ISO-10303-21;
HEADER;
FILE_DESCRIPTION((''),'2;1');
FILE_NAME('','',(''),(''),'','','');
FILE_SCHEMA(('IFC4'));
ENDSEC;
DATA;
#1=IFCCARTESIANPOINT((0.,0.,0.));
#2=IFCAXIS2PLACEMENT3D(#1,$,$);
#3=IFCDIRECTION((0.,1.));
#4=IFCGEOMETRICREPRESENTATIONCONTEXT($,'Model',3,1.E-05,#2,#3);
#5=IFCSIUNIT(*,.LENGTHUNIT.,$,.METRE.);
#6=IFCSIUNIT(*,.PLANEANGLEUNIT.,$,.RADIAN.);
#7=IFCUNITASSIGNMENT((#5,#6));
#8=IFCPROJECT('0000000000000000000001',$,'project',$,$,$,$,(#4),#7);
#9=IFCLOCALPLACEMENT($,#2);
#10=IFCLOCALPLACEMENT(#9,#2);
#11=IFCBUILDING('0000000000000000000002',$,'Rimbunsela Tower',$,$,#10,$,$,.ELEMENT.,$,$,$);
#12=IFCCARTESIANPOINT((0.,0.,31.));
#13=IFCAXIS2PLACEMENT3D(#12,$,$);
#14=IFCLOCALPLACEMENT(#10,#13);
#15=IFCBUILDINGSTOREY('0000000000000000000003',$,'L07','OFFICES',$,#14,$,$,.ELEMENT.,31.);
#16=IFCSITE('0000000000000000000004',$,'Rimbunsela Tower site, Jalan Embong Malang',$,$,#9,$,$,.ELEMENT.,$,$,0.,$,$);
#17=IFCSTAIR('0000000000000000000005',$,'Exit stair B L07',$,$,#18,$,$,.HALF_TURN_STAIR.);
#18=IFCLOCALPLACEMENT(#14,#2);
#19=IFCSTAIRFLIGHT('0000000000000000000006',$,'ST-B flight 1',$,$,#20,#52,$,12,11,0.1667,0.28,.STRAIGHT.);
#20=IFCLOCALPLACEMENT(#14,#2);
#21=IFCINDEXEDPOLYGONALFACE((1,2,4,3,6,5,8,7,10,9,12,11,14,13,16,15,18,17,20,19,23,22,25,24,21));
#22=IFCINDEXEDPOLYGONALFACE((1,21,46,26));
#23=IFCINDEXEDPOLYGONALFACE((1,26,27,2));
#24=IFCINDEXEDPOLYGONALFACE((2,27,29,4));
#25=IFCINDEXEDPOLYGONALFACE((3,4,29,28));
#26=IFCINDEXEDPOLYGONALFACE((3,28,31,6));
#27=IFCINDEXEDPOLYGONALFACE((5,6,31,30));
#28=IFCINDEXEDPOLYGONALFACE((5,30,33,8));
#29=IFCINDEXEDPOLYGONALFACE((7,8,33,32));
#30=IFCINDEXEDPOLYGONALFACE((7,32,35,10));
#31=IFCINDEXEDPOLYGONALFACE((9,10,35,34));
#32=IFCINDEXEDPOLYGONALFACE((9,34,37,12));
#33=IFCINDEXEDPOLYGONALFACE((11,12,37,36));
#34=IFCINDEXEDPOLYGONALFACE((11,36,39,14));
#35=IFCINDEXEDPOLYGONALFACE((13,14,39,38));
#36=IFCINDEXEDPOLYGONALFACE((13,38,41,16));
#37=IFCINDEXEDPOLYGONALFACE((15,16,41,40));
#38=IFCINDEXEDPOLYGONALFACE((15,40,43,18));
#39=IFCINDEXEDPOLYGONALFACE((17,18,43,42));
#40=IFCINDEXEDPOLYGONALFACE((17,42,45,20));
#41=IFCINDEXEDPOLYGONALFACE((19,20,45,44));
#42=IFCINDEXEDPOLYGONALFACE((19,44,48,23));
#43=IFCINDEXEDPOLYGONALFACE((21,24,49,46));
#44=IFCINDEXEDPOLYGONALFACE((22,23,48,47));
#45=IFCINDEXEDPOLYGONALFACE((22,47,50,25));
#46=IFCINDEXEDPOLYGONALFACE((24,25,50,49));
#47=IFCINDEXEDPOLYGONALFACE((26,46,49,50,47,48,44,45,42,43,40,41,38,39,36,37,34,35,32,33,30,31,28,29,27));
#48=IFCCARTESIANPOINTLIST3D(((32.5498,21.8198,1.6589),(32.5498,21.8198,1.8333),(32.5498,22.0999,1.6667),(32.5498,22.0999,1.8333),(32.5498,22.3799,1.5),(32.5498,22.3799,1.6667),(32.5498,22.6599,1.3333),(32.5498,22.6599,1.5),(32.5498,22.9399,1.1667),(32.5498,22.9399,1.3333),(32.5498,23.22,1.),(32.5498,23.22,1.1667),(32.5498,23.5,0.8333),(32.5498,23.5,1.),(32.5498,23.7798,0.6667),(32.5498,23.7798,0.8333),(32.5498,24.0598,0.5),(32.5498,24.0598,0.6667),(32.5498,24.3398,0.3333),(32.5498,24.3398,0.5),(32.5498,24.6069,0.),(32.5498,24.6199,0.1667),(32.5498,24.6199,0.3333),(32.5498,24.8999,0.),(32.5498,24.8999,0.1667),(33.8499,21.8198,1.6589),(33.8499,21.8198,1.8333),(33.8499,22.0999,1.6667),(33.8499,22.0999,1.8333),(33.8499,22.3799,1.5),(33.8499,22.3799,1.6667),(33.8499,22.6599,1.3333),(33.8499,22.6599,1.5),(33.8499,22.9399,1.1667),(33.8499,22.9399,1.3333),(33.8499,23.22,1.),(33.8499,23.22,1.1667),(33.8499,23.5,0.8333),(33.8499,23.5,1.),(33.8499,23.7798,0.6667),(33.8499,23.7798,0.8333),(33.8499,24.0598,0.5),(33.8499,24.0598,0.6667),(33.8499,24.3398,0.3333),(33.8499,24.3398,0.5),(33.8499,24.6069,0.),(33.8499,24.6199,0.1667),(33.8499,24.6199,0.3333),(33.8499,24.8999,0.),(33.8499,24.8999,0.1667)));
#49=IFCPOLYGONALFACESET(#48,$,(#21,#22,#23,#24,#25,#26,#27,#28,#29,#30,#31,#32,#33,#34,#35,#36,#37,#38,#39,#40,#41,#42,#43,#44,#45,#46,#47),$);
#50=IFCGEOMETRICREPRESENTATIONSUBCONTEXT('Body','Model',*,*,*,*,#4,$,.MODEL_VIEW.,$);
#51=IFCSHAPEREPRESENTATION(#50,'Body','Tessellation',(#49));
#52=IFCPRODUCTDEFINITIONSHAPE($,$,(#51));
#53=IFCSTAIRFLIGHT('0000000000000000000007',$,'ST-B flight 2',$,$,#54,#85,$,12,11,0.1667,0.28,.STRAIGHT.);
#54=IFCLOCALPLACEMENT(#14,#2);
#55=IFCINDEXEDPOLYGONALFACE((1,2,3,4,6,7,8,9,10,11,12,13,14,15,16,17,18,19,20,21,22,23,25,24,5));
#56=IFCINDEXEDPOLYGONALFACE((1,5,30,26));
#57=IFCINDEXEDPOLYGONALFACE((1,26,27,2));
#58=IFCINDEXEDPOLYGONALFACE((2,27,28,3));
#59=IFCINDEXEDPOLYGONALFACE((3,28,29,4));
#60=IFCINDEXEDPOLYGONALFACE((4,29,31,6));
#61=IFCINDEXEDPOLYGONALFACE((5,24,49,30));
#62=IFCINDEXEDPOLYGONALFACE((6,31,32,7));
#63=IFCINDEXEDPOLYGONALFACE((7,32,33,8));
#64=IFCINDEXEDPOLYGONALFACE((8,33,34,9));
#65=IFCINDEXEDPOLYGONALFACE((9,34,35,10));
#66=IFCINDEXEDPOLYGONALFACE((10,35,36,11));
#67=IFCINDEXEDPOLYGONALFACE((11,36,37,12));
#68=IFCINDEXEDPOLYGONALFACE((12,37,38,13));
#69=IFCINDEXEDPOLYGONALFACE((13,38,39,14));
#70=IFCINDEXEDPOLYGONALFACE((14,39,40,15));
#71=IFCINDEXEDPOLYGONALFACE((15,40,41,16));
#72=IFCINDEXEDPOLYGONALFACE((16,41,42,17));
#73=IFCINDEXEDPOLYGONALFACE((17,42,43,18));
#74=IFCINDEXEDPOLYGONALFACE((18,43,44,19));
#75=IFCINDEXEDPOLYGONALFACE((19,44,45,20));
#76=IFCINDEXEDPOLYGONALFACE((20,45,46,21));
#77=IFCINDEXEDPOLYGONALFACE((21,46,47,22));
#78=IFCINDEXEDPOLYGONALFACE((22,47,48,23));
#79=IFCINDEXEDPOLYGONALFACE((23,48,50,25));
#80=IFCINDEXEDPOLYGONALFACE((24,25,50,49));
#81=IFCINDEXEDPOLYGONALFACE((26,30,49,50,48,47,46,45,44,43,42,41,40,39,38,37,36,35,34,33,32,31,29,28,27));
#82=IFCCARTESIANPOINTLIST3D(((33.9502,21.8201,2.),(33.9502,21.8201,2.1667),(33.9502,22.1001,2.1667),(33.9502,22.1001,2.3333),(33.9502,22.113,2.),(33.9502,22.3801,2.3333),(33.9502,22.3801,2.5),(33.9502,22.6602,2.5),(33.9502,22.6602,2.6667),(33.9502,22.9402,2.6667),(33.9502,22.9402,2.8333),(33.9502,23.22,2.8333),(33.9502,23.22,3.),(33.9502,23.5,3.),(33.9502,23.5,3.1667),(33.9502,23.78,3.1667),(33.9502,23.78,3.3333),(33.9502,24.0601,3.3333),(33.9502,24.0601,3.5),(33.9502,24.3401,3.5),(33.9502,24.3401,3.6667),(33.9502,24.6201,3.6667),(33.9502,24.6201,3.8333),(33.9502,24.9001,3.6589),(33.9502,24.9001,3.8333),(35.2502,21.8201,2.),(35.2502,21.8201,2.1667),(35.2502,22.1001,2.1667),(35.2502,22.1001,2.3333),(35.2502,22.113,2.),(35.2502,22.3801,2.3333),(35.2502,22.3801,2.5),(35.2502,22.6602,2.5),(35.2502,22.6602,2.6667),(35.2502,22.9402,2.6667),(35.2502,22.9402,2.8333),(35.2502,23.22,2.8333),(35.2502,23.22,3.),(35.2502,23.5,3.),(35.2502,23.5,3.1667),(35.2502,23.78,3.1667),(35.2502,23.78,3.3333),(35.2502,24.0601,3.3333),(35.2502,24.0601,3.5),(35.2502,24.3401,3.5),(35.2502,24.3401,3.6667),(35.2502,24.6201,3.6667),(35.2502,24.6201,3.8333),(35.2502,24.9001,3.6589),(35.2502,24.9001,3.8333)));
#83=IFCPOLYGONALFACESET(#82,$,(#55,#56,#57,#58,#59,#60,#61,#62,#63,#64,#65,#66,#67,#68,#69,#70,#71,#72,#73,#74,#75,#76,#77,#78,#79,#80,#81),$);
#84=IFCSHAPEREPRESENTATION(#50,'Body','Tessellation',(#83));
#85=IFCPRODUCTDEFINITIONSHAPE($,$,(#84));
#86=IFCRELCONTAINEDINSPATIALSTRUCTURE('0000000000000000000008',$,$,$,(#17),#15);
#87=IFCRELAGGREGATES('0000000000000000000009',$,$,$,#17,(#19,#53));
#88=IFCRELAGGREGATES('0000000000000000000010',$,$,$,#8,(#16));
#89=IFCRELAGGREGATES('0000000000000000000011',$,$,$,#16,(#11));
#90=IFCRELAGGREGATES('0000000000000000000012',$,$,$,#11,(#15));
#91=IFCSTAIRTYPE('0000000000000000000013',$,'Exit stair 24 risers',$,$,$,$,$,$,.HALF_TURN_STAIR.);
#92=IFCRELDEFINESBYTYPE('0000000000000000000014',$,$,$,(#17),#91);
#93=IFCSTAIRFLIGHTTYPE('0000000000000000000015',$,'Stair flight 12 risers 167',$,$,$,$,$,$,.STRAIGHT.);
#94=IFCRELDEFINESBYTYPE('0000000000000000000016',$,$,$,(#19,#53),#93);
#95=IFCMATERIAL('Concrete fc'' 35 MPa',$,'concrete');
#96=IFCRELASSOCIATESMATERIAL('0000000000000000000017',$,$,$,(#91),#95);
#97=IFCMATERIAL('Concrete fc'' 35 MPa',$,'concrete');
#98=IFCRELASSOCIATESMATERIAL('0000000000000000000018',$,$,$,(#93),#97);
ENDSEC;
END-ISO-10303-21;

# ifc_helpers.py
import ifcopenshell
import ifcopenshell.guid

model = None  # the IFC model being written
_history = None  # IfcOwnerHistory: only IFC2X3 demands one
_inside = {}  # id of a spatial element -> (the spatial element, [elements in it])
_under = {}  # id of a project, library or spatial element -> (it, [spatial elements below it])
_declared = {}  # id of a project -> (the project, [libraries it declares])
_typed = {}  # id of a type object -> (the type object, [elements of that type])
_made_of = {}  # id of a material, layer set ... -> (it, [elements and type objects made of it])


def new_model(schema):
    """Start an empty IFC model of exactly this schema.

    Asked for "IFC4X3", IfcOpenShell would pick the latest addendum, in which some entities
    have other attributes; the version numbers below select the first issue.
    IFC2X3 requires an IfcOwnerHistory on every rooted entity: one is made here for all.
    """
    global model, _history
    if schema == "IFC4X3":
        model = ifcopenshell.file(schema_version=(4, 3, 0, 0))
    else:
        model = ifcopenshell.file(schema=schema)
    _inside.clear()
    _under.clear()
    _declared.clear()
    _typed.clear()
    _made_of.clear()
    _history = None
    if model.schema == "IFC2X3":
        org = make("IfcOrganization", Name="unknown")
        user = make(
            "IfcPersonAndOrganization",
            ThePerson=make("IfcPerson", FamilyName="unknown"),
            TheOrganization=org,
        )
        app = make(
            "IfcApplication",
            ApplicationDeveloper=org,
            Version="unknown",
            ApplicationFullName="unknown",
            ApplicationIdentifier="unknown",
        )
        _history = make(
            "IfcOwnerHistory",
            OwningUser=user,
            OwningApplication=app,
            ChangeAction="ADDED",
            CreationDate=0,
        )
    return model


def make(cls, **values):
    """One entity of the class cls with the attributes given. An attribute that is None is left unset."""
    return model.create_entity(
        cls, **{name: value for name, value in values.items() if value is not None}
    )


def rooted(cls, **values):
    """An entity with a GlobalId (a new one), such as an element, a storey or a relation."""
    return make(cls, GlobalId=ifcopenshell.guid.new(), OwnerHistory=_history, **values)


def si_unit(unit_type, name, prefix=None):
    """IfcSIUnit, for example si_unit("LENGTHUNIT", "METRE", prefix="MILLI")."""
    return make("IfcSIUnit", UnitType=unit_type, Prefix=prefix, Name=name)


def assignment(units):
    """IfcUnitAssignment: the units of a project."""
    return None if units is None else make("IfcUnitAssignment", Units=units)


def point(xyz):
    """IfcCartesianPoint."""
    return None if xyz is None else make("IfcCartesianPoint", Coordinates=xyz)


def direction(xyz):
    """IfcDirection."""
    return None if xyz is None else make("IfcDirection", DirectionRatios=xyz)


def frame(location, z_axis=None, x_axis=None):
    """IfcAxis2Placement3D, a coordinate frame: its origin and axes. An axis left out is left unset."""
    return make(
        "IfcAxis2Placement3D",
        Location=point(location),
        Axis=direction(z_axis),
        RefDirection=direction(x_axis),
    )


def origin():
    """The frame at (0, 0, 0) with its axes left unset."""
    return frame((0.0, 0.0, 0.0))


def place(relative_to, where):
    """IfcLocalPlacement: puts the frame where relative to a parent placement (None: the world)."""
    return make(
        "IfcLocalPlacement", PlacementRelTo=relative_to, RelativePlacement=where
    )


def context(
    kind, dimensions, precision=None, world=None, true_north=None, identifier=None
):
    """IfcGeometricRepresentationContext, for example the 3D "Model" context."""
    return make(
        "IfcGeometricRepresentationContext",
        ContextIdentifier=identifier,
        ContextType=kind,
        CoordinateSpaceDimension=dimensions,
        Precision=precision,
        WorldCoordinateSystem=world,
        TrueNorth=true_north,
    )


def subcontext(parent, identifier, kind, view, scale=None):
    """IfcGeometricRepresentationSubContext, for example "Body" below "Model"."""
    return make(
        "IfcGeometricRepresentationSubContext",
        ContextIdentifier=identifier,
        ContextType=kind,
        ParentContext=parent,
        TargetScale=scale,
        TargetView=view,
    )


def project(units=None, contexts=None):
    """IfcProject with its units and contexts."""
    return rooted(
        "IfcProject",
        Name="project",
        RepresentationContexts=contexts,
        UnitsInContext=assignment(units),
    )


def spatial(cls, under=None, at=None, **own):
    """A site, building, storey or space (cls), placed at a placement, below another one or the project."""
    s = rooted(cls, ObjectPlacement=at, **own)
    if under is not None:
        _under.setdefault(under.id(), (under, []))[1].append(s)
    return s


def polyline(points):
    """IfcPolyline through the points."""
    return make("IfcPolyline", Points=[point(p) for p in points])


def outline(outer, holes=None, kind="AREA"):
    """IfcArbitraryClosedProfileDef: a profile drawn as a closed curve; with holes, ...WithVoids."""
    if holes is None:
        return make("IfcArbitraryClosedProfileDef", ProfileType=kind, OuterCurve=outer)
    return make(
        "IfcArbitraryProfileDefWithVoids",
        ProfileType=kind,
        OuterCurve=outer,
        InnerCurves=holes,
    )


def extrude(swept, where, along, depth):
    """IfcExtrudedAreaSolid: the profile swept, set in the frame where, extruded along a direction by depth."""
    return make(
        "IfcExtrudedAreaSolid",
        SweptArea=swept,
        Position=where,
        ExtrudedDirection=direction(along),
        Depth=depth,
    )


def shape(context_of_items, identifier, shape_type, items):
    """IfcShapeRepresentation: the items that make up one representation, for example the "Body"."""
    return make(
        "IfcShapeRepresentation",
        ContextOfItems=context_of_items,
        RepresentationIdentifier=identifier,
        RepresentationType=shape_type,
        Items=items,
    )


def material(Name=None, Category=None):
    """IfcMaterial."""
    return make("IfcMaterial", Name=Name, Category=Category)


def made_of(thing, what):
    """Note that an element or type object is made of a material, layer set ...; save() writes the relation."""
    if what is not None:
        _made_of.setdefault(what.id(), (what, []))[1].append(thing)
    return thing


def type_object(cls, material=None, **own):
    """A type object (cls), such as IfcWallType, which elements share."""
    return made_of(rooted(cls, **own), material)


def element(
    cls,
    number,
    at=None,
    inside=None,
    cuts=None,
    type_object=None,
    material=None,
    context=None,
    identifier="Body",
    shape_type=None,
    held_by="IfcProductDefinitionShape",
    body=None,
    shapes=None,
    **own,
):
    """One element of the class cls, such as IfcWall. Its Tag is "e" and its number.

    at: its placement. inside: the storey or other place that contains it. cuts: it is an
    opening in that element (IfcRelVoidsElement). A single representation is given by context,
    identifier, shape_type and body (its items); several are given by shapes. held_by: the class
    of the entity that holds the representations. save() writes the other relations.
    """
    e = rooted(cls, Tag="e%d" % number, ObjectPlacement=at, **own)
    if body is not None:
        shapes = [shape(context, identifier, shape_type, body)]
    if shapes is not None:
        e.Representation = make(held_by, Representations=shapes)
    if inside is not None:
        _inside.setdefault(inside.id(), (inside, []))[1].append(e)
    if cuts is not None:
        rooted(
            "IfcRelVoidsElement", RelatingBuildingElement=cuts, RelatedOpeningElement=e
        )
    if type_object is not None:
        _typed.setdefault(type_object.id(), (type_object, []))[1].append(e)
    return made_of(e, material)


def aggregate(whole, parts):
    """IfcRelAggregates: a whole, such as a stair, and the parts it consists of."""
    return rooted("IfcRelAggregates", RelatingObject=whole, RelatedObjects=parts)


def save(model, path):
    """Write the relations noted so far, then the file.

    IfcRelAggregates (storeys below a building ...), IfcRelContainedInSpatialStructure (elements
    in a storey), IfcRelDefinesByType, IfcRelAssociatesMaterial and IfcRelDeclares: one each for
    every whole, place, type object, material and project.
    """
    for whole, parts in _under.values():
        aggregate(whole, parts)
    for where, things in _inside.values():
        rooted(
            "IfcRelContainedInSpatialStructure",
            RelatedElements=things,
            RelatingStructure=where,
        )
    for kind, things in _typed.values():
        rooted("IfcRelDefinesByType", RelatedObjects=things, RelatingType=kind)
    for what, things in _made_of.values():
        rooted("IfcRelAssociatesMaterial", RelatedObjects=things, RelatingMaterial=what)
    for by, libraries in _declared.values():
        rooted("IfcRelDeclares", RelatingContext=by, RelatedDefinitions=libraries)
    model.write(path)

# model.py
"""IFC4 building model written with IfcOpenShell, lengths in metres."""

from ifc_helpers import new_model, si_unit, direction, frame, origin, place, context, subcontext, project, spatial, polyline, outline, extrude, material, type_object, element, aggregate, save


model = new_model("IFC4")

# Units and contexts
model_context = context("Model", 3, precision=1e-05, world=origin(), true_north=direction((0.0, 1.0)))
body_context = subcontext(model_context, "Body", "Model", "MODEL_VIEW")
ifc_project = project(units=[si_unit("LENGTHUNIT", "METRE"), si_unit("PLANEANGLEUNIT", "RADIAN")], contexts=[model_context])

# Site, building, storey
site_placement = place(None, origin())
site = spatial("IfcSite", under=ifc_project, at=site_placement, Name="Rimbunsela Tower site, Jalan Embong Malang", CompositionType="ELEMENT", RefElevation=0.0)
building_placement = place(site_placement, origin())
building = spatial("IfcBuilding", under=site, at=building_placement, Name="Rimbunsela Tower", CompositionType="ELEMENT")
storey_placement = place(building_placement, frame((0.0, 0.0, 31.0)))
storey = spatial("IfcBuildingStorey", under=building, at=storey_placement, Name="L07", Description="OFFICES", CompositionType="ELEMENT", Elevation=31.0)

# Stair, stair flights
ifc_material_1 = material(Name="Concrete fc' 35 MPa", Category="concrete")
stair_type = type_object("IfcStairType", Name="Exit stair 24 risers", PredefinedType="HALF_TURN_STAIR", material=ifc_material_1)
stair_placement = place(storey_placement, origin())
stair = element("IfcStair", 1, at=stair_placement, inside=storey, type_object=stair_type, Name="Exit stair B L07", PredefinedType="HALF_TURN_STAIR")
ifc_material_2 = material(Name="Concrete fc' 35 MPa", Category="concrete")
stair_flight_type = type_object("IfcStairFlightType", Name="Stair flight 12 risers 167", PredefinedType="STRAIGHT", material=ifc_material_2)
stair_flight_1_placement = place(storey_placement, frame((33.2, 24.8999, 0.0), z_axis=(0.0, 0.0, 1.0), x_axis=(0.0, -1.0, 0.0)))
stair_flight_1 = element("IfcStairFlight", 2, at=stair_flight_1_placement, type_object=stair_flight_type, Name="ST-B flight 1", NumberOfRisers=12, NumberOfTreads=11, PredefinedType="STRAIGHT", RiserHeight=0.1667, TreadLength=0.28, context=body_context, shape_type="SweptSolid", body=[
    extrude(outline(polyline([(0.0, 0.0), (0.0, 0.1667), (0.28, 0.1667), (0.28, 0.3333), (0.5601, 0.3333), (0.5601, 0.5), (0.8401, 0.5), (0.8401, 0.6667), (1.1201, 0.6667), (1.1201, 0.8333), (1.3999, 0.8333), (1.3999, 1.0), (1.6799, 1.0), (1.6799, 1.1667), (1.96, 1.1667), (1.96, 1.3333), (2.24, 1.3333), (2.24, 1.5), (2.52, 1.5), (2.52, 1.6667), (2.8, 1.6667), (2.8, 1.8333), (3.0801, 1.8333), (3.0801, 2.0), (3.0801, 1.6589), (0.293, 0.0), (0.0, 0.0)])), frame((0.0, 0.6499, 0.0), z_axis=(0.0, -1.0, 0.0), x_axis=(1.0, 0.0, 0.0)), (0.0, 0.0, 1.0), 1.3),
])
stair_flight_2_placement = place(storey_placement, frame((34.6001, 21.8201, 2.0), z_axis=(0.0, 0.0, 1.0), x_axis=(0.0, 1.0, 0.0)))
stair_flight_2 = element("IfcStairFlight", 3, at=stair_flight_2_placement, type_object=stair_flight_type, Name="ST-B flight 2", NumberOfRisers=12, NumberOfTreads=11, PredefinedType="STRAIGHT", RiserHeight=0.1667, TreadLength=0.28, context=body_context, shape_type="SweptSolid", body=[
    extrude(outline(polyline([(0.0, 0.0), (0.0, 0.1667), (0.28, 0.1667), (0.28, 0.3333), (0.5601, 0.3333), (0.5601, 0.5), (0.8401, 0.5), (0.8401, 0.6667), (1.1201, 0.6667), (1.1201, 0.8333), (1.3999, 0.8333), (1.3999, 1.0), (1.6799, 1.0), (1.6799, 1.1667), (1.96, 1.1667), (1.96, 1.3333), (2.24, 1.3333), (2.24, 1.5), (2.52, 1.5), (2.52, 1.6667), (2.8, 1.6667), (2.8, 1.8333), (3.0801, 1.8333), (3.0801, 2.0), (3.0801, 1.6589), (0.293, 0.0), (0.0, 0.0)])), frame((0.0, 0.6499, 0.0), z_axis=(0.0, -1.0, 0.0), x_axis=(1.0, 0.0, 0.0)), (0.0, 0.0, 1.0), 1.3),
])
aggregate(stair, [stair_flight_1, stair_flight_2])

save(model, "model.ifc")
